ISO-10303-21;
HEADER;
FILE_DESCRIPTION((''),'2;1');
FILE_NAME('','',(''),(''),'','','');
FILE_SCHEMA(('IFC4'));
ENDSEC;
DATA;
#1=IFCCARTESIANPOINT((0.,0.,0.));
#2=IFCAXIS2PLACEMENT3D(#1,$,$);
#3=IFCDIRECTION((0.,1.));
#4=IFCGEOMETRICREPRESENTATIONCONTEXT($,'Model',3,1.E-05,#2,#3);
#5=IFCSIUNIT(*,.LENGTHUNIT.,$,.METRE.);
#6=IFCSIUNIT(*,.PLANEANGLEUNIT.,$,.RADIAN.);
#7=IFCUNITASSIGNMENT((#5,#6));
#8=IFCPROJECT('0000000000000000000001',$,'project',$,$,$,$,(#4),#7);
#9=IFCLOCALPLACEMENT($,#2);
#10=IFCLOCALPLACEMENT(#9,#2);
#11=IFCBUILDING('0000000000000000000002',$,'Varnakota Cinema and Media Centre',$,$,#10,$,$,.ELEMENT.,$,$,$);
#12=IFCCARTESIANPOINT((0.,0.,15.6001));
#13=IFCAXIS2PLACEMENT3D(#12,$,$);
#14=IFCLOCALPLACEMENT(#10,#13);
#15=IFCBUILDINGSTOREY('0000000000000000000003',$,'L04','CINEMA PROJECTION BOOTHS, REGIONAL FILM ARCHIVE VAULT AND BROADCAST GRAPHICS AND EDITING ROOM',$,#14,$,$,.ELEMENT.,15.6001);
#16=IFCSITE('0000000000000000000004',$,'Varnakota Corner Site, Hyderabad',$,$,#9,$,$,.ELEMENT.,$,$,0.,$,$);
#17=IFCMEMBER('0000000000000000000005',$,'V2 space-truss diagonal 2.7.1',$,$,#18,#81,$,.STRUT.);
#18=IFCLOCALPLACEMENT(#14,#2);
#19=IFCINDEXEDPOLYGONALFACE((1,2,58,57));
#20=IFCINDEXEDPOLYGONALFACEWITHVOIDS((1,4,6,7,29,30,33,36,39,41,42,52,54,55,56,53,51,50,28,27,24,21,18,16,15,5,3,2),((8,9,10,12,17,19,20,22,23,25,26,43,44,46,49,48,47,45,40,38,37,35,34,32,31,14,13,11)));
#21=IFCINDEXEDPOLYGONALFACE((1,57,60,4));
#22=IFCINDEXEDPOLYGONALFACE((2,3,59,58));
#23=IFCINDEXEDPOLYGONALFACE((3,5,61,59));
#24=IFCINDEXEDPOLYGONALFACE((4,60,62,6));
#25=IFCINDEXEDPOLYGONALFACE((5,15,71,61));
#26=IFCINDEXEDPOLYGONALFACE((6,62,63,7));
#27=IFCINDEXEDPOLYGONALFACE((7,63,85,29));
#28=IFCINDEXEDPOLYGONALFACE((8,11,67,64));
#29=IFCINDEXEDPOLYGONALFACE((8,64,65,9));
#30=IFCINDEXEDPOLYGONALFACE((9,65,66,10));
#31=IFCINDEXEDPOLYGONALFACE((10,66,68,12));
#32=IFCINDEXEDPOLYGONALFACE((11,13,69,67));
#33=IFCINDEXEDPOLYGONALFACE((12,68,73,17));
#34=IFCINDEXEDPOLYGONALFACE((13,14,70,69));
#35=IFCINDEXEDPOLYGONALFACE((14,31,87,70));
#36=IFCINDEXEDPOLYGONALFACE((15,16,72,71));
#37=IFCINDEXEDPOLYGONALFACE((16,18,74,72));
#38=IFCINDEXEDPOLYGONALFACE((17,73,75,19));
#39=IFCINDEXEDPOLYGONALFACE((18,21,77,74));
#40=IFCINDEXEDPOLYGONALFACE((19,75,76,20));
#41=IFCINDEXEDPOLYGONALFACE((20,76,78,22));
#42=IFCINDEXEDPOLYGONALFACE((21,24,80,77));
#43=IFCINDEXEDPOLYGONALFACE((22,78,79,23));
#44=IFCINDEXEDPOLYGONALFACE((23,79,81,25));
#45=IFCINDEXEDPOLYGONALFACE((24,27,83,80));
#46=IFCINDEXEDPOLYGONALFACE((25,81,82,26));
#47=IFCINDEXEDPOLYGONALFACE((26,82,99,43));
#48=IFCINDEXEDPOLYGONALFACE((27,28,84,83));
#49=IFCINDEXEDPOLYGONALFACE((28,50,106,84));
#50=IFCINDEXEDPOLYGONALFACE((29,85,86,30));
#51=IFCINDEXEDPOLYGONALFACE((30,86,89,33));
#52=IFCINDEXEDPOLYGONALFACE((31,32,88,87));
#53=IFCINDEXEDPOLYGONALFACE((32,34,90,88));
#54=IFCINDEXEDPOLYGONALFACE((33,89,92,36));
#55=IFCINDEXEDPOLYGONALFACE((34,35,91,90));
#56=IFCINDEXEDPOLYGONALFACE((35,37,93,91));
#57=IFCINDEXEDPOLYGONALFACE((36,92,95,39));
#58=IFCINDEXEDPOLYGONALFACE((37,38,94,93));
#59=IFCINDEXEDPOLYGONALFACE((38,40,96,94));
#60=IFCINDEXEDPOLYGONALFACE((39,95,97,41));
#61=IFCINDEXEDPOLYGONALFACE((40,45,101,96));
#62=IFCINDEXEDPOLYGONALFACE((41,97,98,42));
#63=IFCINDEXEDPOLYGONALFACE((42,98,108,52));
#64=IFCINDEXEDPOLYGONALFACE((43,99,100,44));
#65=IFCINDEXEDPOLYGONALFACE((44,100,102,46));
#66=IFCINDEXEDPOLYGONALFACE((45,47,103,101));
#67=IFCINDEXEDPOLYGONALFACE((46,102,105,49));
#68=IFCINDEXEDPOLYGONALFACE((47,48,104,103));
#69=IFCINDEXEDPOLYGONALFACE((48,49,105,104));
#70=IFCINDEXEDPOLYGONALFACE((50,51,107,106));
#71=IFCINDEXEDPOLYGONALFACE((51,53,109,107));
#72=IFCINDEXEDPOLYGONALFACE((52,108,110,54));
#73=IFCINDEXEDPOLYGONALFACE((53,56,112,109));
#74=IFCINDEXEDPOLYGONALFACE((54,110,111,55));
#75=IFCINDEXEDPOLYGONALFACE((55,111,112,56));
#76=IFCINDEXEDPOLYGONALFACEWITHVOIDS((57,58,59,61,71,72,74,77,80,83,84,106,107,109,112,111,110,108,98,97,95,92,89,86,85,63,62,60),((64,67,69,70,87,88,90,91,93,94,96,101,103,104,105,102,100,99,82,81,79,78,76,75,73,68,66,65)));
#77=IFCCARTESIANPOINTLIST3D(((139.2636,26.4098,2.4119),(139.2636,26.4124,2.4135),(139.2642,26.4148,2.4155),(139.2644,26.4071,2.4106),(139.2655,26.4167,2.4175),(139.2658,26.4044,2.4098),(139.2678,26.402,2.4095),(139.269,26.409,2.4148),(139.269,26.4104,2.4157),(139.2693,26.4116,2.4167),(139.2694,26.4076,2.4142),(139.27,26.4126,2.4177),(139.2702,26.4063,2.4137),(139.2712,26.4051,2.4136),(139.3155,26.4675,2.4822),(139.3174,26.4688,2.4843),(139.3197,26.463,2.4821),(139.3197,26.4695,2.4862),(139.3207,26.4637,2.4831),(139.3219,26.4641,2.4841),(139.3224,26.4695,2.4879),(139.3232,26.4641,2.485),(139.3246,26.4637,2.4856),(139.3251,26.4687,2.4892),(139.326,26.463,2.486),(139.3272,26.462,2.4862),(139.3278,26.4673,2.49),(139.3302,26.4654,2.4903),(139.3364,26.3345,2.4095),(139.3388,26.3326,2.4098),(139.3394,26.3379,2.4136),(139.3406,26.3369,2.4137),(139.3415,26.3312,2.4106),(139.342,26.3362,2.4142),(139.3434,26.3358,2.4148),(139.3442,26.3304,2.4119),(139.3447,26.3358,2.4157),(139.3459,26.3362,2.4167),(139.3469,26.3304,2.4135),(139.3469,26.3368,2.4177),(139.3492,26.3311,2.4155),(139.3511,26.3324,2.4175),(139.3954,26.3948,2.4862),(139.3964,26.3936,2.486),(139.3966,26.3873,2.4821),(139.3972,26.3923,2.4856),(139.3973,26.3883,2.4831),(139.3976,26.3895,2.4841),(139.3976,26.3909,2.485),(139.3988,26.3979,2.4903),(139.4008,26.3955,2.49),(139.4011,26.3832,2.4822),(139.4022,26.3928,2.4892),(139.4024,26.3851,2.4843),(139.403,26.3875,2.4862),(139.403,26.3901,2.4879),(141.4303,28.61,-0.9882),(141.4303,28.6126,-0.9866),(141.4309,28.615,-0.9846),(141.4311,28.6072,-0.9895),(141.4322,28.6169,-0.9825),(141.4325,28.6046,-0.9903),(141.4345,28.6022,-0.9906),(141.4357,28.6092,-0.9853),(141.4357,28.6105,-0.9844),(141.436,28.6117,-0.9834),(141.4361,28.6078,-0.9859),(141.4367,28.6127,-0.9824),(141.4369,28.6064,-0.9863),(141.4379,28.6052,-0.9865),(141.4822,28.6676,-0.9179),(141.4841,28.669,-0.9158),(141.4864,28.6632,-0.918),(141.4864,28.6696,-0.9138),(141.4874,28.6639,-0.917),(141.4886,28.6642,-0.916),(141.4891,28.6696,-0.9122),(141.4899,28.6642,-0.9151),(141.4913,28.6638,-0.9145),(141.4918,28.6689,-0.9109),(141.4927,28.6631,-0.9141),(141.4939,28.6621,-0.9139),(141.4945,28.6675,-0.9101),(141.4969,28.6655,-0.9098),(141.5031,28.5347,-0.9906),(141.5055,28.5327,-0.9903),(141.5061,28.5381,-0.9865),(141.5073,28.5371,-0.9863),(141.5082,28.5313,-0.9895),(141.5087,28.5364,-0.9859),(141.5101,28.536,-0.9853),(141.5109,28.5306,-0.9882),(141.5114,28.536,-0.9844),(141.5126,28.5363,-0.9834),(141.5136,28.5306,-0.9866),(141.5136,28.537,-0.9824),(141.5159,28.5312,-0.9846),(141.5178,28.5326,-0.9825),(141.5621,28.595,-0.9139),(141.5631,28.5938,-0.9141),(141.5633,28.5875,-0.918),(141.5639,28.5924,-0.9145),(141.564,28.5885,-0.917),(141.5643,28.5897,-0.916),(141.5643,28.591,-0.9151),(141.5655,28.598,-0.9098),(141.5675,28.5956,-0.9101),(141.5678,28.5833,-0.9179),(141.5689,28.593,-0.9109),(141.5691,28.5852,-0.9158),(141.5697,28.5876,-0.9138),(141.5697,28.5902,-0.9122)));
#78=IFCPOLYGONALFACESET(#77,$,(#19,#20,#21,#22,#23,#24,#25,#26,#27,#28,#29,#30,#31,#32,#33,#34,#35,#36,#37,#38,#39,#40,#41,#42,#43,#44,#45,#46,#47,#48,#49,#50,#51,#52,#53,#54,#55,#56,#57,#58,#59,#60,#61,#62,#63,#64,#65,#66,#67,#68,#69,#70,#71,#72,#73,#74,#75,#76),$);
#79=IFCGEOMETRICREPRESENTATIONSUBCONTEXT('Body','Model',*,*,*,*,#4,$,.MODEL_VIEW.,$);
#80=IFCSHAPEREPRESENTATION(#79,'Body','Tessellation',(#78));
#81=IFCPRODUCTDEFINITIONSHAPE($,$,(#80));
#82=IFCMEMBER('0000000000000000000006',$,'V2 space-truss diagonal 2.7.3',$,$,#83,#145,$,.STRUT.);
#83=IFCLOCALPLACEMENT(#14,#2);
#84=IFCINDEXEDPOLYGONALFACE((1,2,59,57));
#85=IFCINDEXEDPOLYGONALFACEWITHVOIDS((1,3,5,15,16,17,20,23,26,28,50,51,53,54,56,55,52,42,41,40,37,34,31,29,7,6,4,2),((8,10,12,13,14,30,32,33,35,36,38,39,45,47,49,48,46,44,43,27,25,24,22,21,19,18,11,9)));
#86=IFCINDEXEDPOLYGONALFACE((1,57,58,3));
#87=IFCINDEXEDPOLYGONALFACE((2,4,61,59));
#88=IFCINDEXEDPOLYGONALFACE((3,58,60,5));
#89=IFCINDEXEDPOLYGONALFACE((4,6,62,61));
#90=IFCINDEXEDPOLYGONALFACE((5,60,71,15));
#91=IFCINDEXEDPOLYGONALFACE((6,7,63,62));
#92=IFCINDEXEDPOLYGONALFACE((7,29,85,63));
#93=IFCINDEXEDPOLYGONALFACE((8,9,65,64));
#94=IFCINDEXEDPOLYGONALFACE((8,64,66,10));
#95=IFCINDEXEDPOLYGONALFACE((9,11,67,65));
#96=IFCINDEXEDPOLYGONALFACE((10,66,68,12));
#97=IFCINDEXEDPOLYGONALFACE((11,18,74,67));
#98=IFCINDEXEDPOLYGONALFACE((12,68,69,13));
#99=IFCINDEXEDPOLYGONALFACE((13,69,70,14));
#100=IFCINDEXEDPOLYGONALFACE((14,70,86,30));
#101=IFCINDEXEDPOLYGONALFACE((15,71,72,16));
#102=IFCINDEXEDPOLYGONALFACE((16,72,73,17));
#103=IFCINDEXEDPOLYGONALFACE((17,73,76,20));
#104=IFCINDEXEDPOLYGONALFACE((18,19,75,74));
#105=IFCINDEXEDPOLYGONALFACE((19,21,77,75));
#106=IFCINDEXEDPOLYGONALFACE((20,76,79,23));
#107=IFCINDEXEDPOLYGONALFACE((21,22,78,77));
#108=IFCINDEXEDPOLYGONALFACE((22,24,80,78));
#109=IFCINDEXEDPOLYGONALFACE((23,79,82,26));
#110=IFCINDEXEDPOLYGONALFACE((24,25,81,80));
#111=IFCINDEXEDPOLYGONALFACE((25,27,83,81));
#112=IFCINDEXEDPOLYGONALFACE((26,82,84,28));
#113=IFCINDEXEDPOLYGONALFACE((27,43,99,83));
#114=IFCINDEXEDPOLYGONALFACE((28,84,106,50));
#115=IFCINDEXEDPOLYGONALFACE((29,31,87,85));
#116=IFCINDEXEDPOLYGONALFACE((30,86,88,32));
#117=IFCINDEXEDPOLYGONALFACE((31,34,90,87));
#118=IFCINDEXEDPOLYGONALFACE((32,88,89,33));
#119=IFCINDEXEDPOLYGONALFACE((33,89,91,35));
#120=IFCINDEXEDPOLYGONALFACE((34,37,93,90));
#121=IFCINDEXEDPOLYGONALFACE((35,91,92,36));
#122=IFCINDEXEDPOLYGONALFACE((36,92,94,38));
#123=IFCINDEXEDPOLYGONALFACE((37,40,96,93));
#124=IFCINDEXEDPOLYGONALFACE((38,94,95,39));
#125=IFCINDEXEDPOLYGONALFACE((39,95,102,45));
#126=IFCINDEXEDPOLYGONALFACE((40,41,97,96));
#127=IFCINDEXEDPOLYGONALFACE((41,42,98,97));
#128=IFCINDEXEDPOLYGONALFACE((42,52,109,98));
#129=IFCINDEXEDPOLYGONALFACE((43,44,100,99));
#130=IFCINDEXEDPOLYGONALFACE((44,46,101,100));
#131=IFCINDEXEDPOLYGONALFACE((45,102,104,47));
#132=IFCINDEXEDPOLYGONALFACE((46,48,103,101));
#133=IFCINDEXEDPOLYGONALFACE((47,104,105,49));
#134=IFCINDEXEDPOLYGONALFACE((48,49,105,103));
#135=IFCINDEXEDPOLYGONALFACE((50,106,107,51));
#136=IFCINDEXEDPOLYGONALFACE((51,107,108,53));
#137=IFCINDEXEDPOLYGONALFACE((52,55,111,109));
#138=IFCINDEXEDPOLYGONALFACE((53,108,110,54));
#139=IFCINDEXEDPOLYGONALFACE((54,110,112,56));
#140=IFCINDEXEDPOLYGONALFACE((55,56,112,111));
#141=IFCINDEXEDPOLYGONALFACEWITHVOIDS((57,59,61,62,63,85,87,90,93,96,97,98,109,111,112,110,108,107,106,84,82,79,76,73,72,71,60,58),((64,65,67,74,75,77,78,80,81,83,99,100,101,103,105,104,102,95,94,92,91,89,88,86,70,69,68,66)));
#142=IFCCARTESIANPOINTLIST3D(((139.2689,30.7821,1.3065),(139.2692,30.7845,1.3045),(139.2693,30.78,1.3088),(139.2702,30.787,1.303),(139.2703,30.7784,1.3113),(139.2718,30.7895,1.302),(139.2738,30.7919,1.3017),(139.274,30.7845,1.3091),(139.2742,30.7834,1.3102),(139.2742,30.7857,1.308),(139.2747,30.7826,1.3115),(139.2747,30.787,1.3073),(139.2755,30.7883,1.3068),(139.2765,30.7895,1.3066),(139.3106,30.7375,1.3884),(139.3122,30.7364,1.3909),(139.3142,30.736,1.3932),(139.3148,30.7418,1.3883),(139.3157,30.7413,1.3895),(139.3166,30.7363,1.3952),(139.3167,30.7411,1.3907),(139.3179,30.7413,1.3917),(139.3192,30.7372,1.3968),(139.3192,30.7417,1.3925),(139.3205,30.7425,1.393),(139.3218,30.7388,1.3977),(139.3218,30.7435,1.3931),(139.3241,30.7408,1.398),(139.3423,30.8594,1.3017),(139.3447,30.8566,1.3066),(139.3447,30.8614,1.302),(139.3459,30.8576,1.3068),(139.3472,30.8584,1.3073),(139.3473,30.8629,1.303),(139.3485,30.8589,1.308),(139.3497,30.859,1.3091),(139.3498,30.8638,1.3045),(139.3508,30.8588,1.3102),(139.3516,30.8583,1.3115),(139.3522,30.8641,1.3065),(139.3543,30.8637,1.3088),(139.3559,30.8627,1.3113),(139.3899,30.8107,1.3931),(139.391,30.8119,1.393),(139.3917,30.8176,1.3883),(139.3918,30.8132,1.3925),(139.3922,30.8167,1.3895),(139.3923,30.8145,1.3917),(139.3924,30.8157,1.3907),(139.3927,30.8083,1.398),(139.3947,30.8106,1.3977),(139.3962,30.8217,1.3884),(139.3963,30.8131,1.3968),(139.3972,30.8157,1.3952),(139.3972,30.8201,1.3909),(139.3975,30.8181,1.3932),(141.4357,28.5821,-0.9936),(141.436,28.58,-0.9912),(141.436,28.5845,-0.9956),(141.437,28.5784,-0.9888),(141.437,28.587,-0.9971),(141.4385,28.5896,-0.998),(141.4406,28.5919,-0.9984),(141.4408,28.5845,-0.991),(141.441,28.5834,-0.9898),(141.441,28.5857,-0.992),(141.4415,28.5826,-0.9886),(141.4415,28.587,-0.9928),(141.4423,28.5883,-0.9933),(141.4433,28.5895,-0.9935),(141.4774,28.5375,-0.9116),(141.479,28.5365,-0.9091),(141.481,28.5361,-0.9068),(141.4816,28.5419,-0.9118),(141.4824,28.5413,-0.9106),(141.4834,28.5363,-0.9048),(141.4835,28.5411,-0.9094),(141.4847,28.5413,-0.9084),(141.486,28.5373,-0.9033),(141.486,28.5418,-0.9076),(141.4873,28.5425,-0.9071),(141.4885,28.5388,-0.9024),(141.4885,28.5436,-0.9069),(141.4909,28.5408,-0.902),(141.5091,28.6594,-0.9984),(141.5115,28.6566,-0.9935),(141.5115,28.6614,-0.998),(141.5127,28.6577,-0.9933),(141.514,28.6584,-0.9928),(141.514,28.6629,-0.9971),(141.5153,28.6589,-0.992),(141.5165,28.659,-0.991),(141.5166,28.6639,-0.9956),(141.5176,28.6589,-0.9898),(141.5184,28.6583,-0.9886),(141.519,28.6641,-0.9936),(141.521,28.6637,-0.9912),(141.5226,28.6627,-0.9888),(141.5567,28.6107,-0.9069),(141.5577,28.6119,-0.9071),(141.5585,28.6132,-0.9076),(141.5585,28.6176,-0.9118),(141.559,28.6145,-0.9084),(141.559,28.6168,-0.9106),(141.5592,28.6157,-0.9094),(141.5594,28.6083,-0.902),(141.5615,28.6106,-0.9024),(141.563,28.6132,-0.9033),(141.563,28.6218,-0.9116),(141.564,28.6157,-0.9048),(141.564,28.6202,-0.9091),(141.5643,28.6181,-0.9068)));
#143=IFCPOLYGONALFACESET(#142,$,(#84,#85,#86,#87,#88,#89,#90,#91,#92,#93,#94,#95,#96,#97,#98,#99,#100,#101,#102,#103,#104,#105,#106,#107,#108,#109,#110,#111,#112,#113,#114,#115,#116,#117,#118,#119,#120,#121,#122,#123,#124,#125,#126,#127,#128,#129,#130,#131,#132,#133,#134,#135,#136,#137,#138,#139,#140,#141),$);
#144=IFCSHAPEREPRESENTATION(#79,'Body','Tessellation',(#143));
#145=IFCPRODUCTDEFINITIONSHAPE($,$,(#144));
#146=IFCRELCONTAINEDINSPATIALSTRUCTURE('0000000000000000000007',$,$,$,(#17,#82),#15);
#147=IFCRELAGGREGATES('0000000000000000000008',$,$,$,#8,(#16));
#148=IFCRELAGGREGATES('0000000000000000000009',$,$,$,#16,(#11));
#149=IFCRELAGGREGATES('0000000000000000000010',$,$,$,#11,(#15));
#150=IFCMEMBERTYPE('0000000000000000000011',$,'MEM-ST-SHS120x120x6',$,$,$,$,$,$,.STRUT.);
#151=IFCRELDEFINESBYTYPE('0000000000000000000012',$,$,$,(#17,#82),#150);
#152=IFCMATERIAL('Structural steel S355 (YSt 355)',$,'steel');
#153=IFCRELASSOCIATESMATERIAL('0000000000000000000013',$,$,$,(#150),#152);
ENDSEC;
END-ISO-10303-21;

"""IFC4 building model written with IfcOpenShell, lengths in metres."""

from ifc_helpers import new_model, si_unit, direction, frame, origin, origin_2d, place, context, subcontext, project, spatial, hollow_rectangle, extrude, material, material_profile, profile_set, type_object, element, save


model = new_model("IFC4")

# Units and contexts
model_context = context("Model", 3, precision=1e-05, world=origin(), true_north=direction((0.0, 1.0)))
body_context = subcontext(model_context, "Body", "Model", "MODEL_VIEW")
ifc_project = project(units=[si_unit("LENGTHUNIT", "METRE"), si_unit("PLANEANGLEUNIT", "RADIAN")], contexts=[model_context])

# Site, building, storey
site_placement = place(None, origin())
site = spatial("IfcSite", under=ifc_project, at=site_placement, Name="Varnakota Corner Site, Hyderabad", CompositionType="ELEMENT", RefElevation=0.0)
building_placement = place(site_placement, origin())
building = spatial("IfcBuilding", under=site, at=building_placement, Name="Varnakota Cinema and Media Centre", CompositionType="ELEMENT")
storey_placement = place(building_placement, frame((0.0, 0.0, 15.6001)))
storey = spatial("IfcBuildingStorey", under=building, at=storey_placement, Name="L04", Description="CINEMA PROJECTION BOOTHS, REGIONAL FILM ARCHIVE VAULT AND BROADCAST GRAPHICS AND EDITING ROOM", CompositionType="ELEMENT", Elevation=15.6001)

# Members
ifc_material_1 = material(Name="Structural steel S355 (YSt 355)", Category="steel")
ifc_material_profile_1 = material_profile(ifc_material_1, hollow_rectangle(XDim=0.1201, YDim=0.1201, WallThickness=0.0061, InnerFilletRadius=0.0061, OuterFilletRadius=0.012, at=origin_2d()), Name="SHS 120x120x6")
ifc_profile_set_1 = profile_set([ifc_material_profile_1], Name="Structural steel S355 (YSt 355)")
member_type_1 = type_object("IfcMemberType", Name="MEM-ST-SHS120x120x6", PredefinedType="STRUT", material=ifc_profile_set_1)
member_1_placement = place(storey_placement, frame((141.5, 28.6001, -0.9502), z_axis=(-0.471739, -0.479021, 0.740271), x_axis=(0.712502, -0.70167, 0.0)))
element("IfcMember", 1, at=member_1_placement, inside=storey, type_object=member_type_1, Name="V2 space-truss diagonal 2.7.1", PredefinedType="STRUT", context=body_context, shape_type="SweptSolid", body=[
    extrude(hollow_rectangle(XDim=0.1201, YDim=0.1201, WallThickness=0.0061, InnerFilletRadius=0.0061, OuterFilletRadius=0.012, at=origin_2d()), origin(), (0.0, 0.0, 1.0), 4.593),
])
member_2_placement = place(storey_placement, frame((141.5, 28.6001, -0.9502), z_axis=(-0.562748, 0.571371, 0.597369), x_axis=(-0.712463, -0.70171, 0.0)))
element("IfcMember", 2, at=member_2_placement, inside=storey, type_object=member_type_1, Name="V2 space-truss diagonal 2.7.3", PredefinedType="STRUT", context=body_context, shape_type="SweptSolid", body=[
    extrude(hollow_rectangle(XDim=0.1201, YDim=0.1201, WallThickness=0.0061, InnerFilletRadius=0.0061, OuterFilletRadius=0.012, at=origin_2d()), origin(), (0.0, 0.0, 1.0), 3.8503),
])

save(model, "model.ifc")
